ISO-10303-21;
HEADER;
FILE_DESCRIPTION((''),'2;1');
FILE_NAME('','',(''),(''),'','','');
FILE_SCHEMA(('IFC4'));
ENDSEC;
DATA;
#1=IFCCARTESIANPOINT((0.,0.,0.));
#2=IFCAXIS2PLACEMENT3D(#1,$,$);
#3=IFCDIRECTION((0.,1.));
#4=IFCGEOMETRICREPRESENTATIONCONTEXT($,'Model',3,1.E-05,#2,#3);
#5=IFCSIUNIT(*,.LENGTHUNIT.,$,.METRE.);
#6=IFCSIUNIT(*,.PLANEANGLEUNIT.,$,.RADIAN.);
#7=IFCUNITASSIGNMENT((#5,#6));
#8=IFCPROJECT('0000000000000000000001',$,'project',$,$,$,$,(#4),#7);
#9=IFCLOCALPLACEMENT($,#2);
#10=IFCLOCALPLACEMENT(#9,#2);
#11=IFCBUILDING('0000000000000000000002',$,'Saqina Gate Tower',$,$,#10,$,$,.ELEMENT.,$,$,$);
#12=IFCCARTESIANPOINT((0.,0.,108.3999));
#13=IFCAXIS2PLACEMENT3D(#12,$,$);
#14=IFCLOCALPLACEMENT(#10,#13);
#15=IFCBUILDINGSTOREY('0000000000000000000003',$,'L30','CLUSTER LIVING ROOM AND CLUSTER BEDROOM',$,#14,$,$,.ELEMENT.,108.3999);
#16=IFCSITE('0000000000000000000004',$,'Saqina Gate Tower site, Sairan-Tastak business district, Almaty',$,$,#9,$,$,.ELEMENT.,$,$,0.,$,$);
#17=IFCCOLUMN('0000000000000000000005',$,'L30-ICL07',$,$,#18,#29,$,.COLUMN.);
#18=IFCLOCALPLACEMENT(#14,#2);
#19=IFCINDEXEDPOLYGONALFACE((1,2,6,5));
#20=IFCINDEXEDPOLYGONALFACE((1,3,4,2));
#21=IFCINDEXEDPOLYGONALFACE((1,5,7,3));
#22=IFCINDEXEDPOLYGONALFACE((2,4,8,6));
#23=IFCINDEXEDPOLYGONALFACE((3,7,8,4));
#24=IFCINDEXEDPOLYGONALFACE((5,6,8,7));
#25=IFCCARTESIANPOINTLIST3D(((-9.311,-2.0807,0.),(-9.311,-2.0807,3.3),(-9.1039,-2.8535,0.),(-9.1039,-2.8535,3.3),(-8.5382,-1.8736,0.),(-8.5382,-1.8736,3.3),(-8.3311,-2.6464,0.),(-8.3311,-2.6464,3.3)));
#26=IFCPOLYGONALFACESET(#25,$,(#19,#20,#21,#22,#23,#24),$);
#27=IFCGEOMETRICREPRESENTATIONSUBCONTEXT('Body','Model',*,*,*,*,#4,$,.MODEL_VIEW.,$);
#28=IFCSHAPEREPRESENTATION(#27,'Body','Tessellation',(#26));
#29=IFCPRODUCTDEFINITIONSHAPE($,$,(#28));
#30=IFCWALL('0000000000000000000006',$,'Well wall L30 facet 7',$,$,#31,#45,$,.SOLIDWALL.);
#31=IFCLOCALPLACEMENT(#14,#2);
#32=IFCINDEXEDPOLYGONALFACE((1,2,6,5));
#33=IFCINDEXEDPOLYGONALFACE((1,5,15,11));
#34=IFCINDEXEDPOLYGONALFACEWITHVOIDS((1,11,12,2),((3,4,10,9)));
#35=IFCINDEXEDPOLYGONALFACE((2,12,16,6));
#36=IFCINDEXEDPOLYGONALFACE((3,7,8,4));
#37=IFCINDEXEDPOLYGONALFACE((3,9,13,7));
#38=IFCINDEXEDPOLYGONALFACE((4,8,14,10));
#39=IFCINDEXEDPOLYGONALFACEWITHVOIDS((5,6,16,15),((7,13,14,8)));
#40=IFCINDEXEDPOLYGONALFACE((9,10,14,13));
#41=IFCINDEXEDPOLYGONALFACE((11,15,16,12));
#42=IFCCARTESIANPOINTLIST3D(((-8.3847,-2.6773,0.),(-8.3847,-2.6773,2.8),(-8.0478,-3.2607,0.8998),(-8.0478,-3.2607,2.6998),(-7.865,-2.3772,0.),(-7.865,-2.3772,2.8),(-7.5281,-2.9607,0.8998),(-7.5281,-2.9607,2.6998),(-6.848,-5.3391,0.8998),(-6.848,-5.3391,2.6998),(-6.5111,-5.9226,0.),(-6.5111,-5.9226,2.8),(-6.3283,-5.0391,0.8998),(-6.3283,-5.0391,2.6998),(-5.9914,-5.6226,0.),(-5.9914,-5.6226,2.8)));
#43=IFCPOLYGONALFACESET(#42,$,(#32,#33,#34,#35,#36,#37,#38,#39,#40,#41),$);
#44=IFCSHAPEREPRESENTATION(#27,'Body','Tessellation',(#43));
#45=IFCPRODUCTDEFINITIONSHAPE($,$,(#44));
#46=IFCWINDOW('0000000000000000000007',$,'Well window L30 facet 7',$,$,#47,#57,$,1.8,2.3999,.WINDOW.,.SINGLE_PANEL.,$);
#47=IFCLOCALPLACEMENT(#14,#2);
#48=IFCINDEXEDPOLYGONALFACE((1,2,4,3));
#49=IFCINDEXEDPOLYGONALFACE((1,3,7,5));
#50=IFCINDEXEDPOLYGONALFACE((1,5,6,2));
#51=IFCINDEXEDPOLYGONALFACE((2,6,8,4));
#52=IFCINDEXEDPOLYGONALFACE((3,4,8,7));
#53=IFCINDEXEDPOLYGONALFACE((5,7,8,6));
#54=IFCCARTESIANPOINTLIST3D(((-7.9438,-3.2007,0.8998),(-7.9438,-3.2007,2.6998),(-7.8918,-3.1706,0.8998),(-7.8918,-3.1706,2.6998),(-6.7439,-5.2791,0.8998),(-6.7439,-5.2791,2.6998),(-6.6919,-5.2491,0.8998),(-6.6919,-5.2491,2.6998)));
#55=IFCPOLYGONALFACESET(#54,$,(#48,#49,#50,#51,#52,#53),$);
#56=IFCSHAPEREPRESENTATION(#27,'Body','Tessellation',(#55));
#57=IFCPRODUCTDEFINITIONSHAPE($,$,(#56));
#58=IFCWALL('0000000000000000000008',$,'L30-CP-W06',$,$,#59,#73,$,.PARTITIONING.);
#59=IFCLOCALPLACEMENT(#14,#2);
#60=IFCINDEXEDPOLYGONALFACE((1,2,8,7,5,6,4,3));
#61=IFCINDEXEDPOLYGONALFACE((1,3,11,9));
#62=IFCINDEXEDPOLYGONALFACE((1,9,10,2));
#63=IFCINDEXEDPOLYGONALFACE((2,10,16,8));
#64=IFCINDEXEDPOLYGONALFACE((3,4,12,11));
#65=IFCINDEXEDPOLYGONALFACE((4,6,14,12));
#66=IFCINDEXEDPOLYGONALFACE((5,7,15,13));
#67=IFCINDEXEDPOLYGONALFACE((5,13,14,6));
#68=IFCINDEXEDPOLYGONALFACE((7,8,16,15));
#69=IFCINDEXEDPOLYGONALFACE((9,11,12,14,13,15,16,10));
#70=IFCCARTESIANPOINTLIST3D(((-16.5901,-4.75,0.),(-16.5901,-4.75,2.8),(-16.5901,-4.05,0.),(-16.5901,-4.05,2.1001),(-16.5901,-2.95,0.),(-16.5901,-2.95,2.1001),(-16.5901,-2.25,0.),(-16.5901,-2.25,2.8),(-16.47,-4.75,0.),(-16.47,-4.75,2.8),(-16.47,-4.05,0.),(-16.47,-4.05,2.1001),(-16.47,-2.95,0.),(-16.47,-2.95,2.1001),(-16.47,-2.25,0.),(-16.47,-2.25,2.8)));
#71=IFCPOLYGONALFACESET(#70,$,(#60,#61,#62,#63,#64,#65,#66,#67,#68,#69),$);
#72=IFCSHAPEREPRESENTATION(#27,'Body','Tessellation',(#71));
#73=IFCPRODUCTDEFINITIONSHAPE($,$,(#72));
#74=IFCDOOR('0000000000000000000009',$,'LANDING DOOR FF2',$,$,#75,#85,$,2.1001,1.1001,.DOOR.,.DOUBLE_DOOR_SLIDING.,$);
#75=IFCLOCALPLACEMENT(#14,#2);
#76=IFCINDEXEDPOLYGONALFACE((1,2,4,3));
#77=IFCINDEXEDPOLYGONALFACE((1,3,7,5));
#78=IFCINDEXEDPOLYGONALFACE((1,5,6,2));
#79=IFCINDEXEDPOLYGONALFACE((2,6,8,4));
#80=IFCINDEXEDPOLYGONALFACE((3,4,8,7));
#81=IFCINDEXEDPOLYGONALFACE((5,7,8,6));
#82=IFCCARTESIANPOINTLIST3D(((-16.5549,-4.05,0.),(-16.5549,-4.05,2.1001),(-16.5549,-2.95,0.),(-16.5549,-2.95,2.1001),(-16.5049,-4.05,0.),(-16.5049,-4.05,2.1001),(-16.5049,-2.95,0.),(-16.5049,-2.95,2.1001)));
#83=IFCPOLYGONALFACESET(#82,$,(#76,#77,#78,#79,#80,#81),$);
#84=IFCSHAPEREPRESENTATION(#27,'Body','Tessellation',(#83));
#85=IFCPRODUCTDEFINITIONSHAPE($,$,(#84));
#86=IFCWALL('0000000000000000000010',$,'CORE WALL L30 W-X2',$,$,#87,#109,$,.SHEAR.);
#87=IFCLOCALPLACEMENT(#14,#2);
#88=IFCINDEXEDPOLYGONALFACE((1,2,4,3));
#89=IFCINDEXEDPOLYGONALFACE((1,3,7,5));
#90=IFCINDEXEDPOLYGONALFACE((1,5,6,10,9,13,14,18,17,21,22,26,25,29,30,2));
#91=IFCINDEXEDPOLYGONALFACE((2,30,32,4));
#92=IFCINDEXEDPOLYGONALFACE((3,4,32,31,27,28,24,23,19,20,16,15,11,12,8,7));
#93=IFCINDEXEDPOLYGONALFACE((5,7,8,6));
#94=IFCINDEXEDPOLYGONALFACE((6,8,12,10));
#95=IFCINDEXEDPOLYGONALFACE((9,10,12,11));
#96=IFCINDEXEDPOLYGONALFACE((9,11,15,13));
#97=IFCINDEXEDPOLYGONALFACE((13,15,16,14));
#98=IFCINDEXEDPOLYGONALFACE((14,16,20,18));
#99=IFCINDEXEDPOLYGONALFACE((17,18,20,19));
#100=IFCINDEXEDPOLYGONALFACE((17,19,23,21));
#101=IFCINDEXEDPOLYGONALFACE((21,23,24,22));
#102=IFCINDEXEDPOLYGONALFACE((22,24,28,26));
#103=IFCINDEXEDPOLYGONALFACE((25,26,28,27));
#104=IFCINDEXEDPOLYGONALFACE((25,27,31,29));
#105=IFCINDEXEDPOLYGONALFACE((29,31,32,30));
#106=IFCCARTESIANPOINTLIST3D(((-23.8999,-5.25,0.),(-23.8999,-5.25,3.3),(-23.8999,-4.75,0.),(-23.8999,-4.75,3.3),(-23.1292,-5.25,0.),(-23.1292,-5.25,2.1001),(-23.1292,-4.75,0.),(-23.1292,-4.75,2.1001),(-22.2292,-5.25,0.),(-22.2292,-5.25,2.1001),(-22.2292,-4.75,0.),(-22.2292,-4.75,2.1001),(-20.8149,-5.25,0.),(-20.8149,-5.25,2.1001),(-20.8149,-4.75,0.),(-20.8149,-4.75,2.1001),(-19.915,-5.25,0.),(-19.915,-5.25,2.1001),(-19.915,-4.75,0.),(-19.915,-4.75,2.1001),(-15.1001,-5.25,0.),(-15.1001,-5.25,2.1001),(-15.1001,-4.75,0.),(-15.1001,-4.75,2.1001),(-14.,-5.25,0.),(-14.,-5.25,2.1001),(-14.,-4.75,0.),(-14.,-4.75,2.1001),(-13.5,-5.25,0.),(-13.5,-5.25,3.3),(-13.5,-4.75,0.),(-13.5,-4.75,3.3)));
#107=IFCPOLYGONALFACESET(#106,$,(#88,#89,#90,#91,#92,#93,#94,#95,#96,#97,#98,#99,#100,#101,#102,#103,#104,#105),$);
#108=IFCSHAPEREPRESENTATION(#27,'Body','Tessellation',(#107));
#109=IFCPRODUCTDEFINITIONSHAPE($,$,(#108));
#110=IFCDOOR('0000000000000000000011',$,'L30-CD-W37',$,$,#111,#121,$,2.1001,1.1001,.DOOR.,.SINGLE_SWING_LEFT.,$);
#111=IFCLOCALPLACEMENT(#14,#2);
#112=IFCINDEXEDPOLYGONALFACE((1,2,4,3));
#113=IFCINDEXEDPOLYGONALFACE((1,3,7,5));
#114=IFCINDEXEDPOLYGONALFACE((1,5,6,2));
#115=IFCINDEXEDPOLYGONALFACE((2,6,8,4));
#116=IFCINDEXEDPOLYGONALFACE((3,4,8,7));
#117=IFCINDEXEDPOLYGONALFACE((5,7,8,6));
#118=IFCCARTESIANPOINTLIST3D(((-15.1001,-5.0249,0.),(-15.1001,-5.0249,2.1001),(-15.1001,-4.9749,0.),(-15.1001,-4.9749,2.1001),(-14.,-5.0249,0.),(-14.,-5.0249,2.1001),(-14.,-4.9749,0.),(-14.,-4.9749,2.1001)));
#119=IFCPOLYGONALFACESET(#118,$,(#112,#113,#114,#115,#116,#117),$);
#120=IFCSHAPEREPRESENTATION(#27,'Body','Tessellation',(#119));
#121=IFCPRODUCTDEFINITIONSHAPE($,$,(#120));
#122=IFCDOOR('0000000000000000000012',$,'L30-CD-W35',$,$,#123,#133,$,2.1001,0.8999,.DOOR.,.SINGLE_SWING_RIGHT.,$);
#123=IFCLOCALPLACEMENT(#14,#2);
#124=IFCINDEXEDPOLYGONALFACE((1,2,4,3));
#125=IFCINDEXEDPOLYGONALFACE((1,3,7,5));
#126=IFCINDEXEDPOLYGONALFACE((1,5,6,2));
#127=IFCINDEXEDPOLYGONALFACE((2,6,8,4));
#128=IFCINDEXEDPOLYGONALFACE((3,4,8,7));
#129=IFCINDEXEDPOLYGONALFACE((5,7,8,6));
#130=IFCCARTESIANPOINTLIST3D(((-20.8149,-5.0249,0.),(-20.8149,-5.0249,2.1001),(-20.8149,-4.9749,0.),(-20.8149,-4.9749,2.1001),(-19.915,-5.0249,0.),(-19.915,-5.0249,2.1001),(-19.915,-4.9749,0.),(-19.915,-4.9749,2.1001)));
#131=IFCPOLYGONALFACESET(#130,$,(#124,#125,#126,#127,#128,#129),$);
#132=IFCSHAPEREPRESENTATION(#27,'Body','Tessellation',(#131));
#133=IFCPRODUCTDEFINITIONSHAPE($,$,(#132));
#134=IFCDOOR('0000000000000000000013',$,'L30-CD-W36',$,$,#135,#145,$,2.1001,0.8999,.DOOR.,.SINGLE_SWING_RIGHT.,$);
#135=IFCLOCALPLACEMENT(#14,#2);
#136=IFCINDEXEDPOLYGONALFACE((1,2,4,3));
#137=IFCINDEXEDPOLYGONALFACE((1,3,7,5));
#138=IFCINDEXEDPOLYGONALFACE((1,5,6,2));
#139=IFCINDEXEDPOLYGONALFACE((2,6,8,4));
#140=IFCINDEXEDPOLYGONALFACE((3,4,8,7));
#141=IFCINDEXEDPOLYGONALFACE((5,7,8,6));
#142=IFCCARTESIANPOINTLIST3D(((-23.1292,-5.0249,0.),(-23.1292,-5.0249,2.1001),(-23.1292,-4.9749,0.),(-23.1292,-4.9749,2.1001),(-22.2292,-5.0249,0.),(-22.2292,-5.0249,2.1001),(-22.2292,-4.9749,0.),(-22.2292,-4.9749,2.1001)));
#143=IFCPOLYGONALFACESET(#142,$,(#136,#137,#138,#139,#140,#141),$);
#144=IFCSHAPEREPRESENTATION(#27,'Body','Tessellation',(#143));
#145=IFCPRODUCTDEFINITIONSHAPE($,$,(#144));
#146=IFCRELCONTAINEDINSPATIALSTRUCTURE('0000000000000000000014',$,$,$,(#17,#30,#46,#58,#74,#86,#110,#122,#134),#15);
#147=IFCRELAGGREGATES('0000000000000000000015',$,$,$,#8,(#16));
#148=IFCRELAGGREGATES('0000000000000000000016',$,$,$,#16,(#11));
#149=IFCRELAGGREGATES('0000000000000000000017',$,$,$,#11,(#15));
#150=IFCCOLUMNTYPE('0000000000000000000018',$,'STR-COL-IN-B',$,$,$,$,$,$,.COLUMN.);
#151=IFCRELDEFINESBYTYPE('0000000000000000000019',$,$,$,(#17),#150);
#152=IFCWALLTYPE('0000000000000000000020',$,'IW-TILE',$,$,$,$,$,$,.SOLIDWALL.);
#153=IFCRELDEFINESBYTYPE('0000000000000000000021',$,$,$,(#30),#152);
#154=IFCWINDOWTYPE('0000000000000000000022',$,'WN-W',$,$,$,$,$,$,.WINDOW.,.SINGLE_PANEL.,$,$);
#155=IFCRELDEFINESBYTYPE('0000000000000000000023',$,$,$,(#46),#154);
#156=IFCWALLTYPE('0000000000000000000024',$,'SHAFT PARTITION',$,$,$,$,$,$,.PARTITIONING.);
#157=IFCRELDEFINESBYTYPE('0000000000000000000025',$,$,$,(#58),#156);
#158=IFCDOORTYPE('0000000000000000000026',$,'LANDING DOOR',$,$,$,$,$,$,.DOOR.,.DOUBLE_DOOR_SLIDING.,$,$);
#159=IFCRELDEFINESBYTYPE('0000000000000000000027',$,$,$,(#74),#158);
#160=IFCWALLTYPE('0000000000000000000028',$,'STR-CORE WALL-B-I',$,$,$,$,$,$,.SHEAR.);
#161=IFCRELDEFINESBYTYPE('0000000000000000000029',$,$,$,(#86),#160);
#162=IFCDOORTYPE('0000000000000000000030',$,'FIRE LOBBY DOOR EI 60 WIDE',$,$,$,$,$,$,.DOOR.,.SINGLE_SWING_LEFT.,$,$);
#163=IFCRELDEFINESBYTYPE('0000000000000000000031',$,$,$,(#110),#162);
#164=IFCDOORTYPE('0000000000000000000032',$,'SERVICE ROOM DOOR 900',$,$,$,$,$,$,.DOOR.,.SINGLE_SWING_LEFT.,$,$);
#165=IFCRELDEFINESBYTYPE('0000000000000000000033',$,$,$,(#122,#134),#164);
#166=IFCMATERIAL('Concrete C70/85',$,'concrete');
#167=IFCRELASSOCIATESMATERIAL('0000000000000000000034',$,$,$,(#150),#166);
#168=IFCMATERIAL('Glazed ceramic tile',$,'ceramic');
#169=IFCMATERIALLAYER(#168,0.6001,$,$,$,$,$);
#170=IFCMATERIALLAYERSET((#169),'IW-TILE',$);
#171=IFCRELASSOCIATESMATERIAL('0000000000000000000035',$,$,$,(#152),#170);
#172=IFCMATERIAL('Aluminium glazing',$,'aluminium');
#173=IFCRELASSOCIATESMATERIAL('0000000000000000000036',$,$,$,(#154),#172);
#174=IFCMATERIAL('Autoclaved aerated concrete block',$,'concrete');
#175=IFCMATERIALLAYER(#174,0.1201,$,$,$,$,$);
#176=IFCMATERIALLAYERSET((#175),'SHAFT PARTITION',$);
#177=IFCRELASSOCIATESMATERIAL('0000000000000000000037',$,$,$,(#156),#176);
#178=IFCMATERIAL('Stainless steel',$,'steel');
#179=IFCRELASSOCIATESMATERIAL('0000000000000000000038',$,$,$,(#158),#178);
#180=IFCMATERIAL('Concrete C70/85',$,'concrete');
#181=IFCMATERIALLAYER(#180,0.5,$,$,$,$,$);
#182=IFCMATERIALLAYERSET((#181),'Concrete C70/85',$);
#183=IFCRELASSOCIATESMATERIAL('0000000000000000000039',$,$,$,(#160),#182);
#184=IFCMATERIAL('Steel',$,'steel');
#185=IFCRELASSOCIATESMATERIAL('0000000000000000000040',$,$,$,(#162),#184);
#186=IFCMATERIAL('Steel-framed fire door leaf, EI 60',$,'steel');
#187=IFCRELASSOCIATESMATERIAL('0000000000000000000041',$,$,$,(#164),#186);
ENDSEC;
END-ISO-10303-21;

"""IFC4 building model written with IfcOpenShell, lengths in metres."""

from ifc_helpers import new_model, si_unit, direction, frame, frame_2d, origin, origin_2d, place, context, subcontext, project, spatial, rectangle, extrude, material, layer, layer_set, material_profile, profile_set, type_object, element, fill, save


model = new_model("IFC4")

# Units and contexts
model_context = context("Model", 3, precision=1e-05, world=origin(), true_north=direction((0.0, 1.0)))
body_context = subcontext(model_context, "Body", "Model", "MODEL_VIEW")
ifc_project = project(units=[si_unit("LENGTHUNIT", "METRE"), si_unit("PLANEANGLEUNIT", "RADIAN")], contexts=[model_context])

# Site, building, storey
site_placement = place(None, origin())
site = spatial("IfcSite", under=ifc_project, at=site_placement, Name="Saqina Gate Tower site, Sairan-Tastak business district, Almaty", CompositionType="ELEMENT", RefElevation=0.0)
building_placement = place(site_placement, origin())
building = spatial("IfcBuilding", under=site, at=building_placement, Name="Saqina Gate Tower", CompositionType="ELEMENT")
storey_placement = place(building_placement, frame((0.0, 0.0, 108.3999)))
storey = spatial("IfcBuildingStorey", under=building, at=storey_placement, Name="L30", Description="CLUSTER LIVING ROOM AND CLUSTER BEDROOM", CompositionType="ELEMENT", Elevation=108.3999)

# Column
ifc_material_1 = material(Name="Concrete C70/85", Category="concrete")
ifc_material_profile = material_profile(ifc_material_1, rectangle(XDim=0.8, YDim=0.8, at=origin_2d()), Name="RC 800x800")
ifc_profile_set = profile_set([ifc_material_profile], Name="Concrete C70/85")
column_type = type_object("IfcColumnType", Name="STR-COL-IN-B", PredefinedType="COLUMN", material=ifc_profile_set)
column_placement = place(storey_placement, frame((-8.821, -2.3635, 0.0), z_axis=(0.0, 0.0, 1.0), x_axis=(-0.965926, -0.258819, 0.0)))
element("IfcColumn", 1, at=column_placement, inside=storey, type_object=column_type, Name="L30-ICL07", PredefinedType="COLUMN", context=body_context, shape_type="SweptSolid", body=[
    extrude(rectangle(XDim=0.8, YDim=0.8, at=origin_2d()), origin(), (0.0, 0.0, 1.0), 3.3),
])

# Wall, opening, window
ifc_material_2 = material(Name="Glazed ceramic tile", Category="ceramic")
ifc_layer_1 = layer(ifc_material_2, 0.6001)
ifc_layer_set_1 = layer_set([ifc_layer_1], Name="IW-TILE")
wall_type_1 = type_object("IfcWallType", Name="IW-TILE", PredefinedType="SOLIDWALL", material=ifc_layer_set_1)
wall_1_placement = place(storey_placement, frame((-8.1248, -2.5273, 0.0), z_axis=(0.0, 0.0, 1.0), x_axis=(0.499965, -0.866046, 0.0)))
wall_1 = element("IfcWall", 2, at=wall_1_placement, inside=storey, type_object=wall_type_1, Name="Well wall L30 facet 7", PredefinedType="SOLIDWALL", context=body_context, shape_type="SweptSolid", body=[
    extrude(rectangle(XDim=3.7473, YDim=0.6001, at=frame_2d((1.8735, 0.0))), origin(), (0.0, 0.0, 1.0), 2.8),
])
opening_1_placement = place(wall_1_placement, frame((0.6736, 0.0, 0.8999)))
opening_1 = element("IfcOpeningElement", 3, at=opening_1_placement, cuts=wall_1, PredefinedType="OPENING", context=body_context, shape_type="SweptSolid", body=[
    extrude(rectangle(XDim=2.3999, YDim=1.8, at=frame_2d((1.2, 0.8999))), frame((0.0, 0.312, 0.0), z_axis=(0.0, -1.0, 0.0), x_axis=(1.0, 0.0, 0.0)), (0.0, 0.0, 1.0), 0.624),
])
ifc_material_3 = material(Name="Aluminium glazing", Category="aluminium")
window_type = type_object("IfcWindowType", Name="WN-W", PartitioningType="SINGLE_PANEL", PredefinedType="WINDOW", material=ifc_material_3)
window_placement = place(opening_1_placement, origin())
window = element("IfcWindow", 4, at=window_placement, inside=storey, type_object=window_type, Name="Well window L30 facet 7", OverallHeight=1.8, OverallWidth=2.3999, PartitioningType="SINGLE_PANEL", PredefinedType="WINDOW", context=body_context, shape_type="SweptSolid", body=[
    extrude(rectangle(XDim=2.3999, YDim=1.8, at=frame_2d((1.2, 0.8999))), frame((0.0, -0.1199, 0.0), z_axis=(0.0, -1.0, 0.0), x_axis=(1.0, 0.0, 0.0)), (0.0, 0.0, 1.0), 0.0601),
])
fill(opening_1, window)

# Wall, opening, door
ifc_material_4 = material(Name="Autoclaved aerated concrete block", Category="concrete")
ifc_layer_2 = layer(ifc_material_4, 0.1201)
ifc_layer_set_2 = layer_set([ifc_layer_2], Name="SHAFT PARTITION")
wall_type_2 = type_object("IfcWallType", Name="SHAFT PARTITION", PredefinedType="PARTITIONING", material=ifc_layer_set_2)
wall_2_placement = place(storey_placement, frame((-16.53, -4.75, 0.0), z_axis=(0.0, 0.0, 1.0), x_axis=(0.0, 1.0, 0.0)))
wall_2 = element("IfcWall", 5, at=wall_2_placement, inside=storey, type_object=wall_type_2, Name="L30-CP-W06", PredefinedType="PARTITIONING", context=body_context, shape_type="SweptSolid", body=[
    extrude(rectangle(XDim=2.5, YDim=0.1201, at=frame_2d((1.25, 0.0))), origin(), (0.0, 0.0, 1.0), 2.8),
])
opening_2_placement = place(wall_2_placement, frame((0.7, 0.0, 0.0)))
opening_2 = element("IfcOpeningElement", 6, at=opening_2_placement, cuts=wall_2, PredefinedType="OPENING", context=body_context, shape_type="SweptSolid", body=[
    extrude(rectangle(XDim=1.1001, YDim=2.1001, at=frame_2d((0.55, 1.05))), frame((0.0, 0.072, 0.0), z_axis=(0.0, -1.0, 0.0), x_axis=(1.0, 0.0, 0.0)), (0.0, 0.0, 1.0), 0.144),
])
ifc_material_5 = material(Name="Stainless steel", Category="steel")
door_type_1 = type_object("IfcDoorType", Name="LANDING DOOR", OperationType="DOUBLE_DOOR_SLIDING", PredefinedType="DOOR", material=ifc_material_5)
door_1_placement = place(opening_2_placement, origin())
door_1 = element("IfcDoor", 7, at=door_1_placement, inside=storey, type_object=door_type_1, Name="LANDING DOOR FF2", OperationType="DOUBLE_DOOR_SLIDING", OverallHeight=2.1001, OverallWidth=1.1001, PredefinedType="DOOR", context=body_context, shape_type="SweptSolid", body=[
    extrude(rectangle(XDim=1.1001, YDim=2.1001, at=frame_2d((0.55, 1.05))), frame((0.0, 0.0249, 0.0), z_axis=(0.0, -1.0, 0.0), x_axis=(1.0, 0.0, 0.0)), (0.0, 0.0, 1.0), 0.05),
])
fill(opening_2, door_1)

# Wall, openings, doors
ifc_material_6 = material(Name="Concrete C70/85", Category="concrete")
ifc_layer_3 = layer(ifc_material_6, 0.5)
ifc_layer_set_3 = layer_set([ifc_layer_3], Name="Concrete C70/85")
wall_type_3 = type_object("IfcWallType", Name="STR-CORE WALL-B-I", PredefinedType="SHEAR", material=ifc_layer_set_3)
wall_3_placement = place(storey_placement, frame((-13.5, -5.0, 0.0), z_axis=(0.0, 0.0, 1.0), x_axis=(-1.0, 0.0, 0.0)))
wall_3 = element("IfcWall", 8, at=wall_3_placement, inside=storey, type_object=wall_type_3, Name="CORE WALL L30 W-X2", PredefinedType="SHEAR", context=body_context, shape_type="SweptSolid", body=[
    extrude(rectangle(XDim=10.3999, YDim=0.5, at=frame_2d((5.2, 0.0))), origin(), (0.0, 0.0, 1.0), 3.3),
])
opening_3_placement = place(wall_3_placement, frame((6.415, 0.0, 0.0)))
opening_3 = element("IfcOpeningElement", 9, at=opening_3_placement, cuts=wall_3, PredefinedType="OPENING", context=body_context, shape_type="SweptSolid", body=[
    extrude(rectangle(XDim=0.8999, YDim=2.1001, at=frame_2d((0.45, 1.05))), frame((0.0, 0.262, 0.0), z_axis=(0.0, -1.0, 0.0), x_axis=(1.0, 0.0, 0.0)), (0.0, 0.0, 1.0), 0.5239),
])
opening_4_placement = place(wall_3_placement, frame((8.7292, 0.0, 0.0)))
opening_4 = element("IfcOpeningElement", 10, at=opening_4_placement, cuts=wall_3, PredefinedType="OPENING", context=body_context, shape_type="SweptSolid", body=[
    extrude(rectangle(XDim=0.8999, YDim=2.1001, at=frame_2d((0.45, 1.05))), frame((0.0, 0.262, 0.0), z_axis=(0.0, -1.0, 0.0), x_axis=(1.0, 0.0, 0.0)), (0.0, 0.0, 1.0), 0.5239),
])
opening_5_placement = place(wall_3_placement, frame((0.5, 0.0, 0.0)))
opening_5 = element("IfcOpeningElement", 11, at=opening_5_placement, cuts=wall_3, PredefinedType="OPENING", context=body_context, shape_type="SweptSolid", body=[
    extrude(rectangle(XDim=1.1001, YDim=2.1001, at=frame_2d((0.55, 1.05))), frame((0.0, 0.262, 0.0), z_axis=(0.0, -1.0, 0.0), x_axis=(1.0, 0.0, 0.0)), (0.0, 0.0, 1.0), 0.5239),
])
ifc_material_7 = material(Name="Steel", Category="steel")
door_type_2 = type_object("IfcDoorType", Name="FIRE LOBBY DOOR EI 60 WIDE", OperationType="SINGLE_SWING_LEFT", PredefinedType="DOOR", material=ifc_material_7)
door_2_placement = place(opening_5_placement, origin())
door_2 = element("IfcDoor", 12, at=door_2_placement, inside=storey, type_object=door_type_2, Name="L30-CD-W37", OperationType="SINGLE_SWING_LEFT", OverallHeight=2.1001, OverallWidth=1.1001, PredefinedType="DOOR", context=body_context, shape_type="SweptSolid", body=[
    extrude(rectangle(XDim=1.1001, YDim=2.1001, at=frame_2d((0.55, 1.05))), frame((0.0, 0.0249, 0.0), z_axis=(0.0, -1.0, 0.0), x_axis=(1.0, 0.0, 0.0)), (0.0, 0.0, 1.0), 0.05),
])
fill(opening_5, door_2)
ifc_material_8 = material(Name="Steel-framed fire door leaf, EI 60", Category="steel")
door_type_3 = type_object("IfcDoorType", Name="SERVICE ROOM DOOR 900", OperationType="SINGLE_SWING_LEFT", PredefinedType="DOOR", material=ifc_material_8)
door_3_placement = place(opening_3_placement, origin())
door_3 = element("IfcDoor", 13, at=door_3_placement, inside=storey, type_object=door_type_3, Name="L30-CD-W35", OperationType="SINGLE_SWING_RIGHT", OverallHeight=2.1001, OverallWidth=0.8999, PredefinedType="DOOR", context=body_context, shape_type="SweptSolid", body=[
    extrude(rectangle(XDim=0.8999, YDim=2.1001, at=frame_2d((0.45, 1.05))), frame((0.0, 0.0249, 0.0), z_axis=(0.0, -1.0, 0.0), x_axis=(1.0, 0.0, 0.0)), (0.0, 0.0, 1.0), 0.05),
])
fill(opening_3, door_3)
door_4_placement = place(opening_4_placement, origin())
door_4 = element("IfcDoor", 14, at=door_4_placement, inside=storey, type_object=door_type_3, Name="L30-CD-W36", OperationType="SINGLE_SWING_RIGHT", OverallHeight=2.1001, OverallWidth=0.8999, PredefinedType="DOOR", context=body_context, shape_type="SweptSolid", body=[
    extrude(rectangle(XDim=0.8999, YDim=2.1001, at=frame_2d((0.45, 1.05))), frame((0.0, 0.0249, 0.0), z_axis=(0.0, -1.0, 0.0), x_axis=(1.0, 0.0, 0.0)), (0.0, 0.0, 1.0), 0.05),
])
fill(opening_4, door_4)

save(model, "model.ifc")
